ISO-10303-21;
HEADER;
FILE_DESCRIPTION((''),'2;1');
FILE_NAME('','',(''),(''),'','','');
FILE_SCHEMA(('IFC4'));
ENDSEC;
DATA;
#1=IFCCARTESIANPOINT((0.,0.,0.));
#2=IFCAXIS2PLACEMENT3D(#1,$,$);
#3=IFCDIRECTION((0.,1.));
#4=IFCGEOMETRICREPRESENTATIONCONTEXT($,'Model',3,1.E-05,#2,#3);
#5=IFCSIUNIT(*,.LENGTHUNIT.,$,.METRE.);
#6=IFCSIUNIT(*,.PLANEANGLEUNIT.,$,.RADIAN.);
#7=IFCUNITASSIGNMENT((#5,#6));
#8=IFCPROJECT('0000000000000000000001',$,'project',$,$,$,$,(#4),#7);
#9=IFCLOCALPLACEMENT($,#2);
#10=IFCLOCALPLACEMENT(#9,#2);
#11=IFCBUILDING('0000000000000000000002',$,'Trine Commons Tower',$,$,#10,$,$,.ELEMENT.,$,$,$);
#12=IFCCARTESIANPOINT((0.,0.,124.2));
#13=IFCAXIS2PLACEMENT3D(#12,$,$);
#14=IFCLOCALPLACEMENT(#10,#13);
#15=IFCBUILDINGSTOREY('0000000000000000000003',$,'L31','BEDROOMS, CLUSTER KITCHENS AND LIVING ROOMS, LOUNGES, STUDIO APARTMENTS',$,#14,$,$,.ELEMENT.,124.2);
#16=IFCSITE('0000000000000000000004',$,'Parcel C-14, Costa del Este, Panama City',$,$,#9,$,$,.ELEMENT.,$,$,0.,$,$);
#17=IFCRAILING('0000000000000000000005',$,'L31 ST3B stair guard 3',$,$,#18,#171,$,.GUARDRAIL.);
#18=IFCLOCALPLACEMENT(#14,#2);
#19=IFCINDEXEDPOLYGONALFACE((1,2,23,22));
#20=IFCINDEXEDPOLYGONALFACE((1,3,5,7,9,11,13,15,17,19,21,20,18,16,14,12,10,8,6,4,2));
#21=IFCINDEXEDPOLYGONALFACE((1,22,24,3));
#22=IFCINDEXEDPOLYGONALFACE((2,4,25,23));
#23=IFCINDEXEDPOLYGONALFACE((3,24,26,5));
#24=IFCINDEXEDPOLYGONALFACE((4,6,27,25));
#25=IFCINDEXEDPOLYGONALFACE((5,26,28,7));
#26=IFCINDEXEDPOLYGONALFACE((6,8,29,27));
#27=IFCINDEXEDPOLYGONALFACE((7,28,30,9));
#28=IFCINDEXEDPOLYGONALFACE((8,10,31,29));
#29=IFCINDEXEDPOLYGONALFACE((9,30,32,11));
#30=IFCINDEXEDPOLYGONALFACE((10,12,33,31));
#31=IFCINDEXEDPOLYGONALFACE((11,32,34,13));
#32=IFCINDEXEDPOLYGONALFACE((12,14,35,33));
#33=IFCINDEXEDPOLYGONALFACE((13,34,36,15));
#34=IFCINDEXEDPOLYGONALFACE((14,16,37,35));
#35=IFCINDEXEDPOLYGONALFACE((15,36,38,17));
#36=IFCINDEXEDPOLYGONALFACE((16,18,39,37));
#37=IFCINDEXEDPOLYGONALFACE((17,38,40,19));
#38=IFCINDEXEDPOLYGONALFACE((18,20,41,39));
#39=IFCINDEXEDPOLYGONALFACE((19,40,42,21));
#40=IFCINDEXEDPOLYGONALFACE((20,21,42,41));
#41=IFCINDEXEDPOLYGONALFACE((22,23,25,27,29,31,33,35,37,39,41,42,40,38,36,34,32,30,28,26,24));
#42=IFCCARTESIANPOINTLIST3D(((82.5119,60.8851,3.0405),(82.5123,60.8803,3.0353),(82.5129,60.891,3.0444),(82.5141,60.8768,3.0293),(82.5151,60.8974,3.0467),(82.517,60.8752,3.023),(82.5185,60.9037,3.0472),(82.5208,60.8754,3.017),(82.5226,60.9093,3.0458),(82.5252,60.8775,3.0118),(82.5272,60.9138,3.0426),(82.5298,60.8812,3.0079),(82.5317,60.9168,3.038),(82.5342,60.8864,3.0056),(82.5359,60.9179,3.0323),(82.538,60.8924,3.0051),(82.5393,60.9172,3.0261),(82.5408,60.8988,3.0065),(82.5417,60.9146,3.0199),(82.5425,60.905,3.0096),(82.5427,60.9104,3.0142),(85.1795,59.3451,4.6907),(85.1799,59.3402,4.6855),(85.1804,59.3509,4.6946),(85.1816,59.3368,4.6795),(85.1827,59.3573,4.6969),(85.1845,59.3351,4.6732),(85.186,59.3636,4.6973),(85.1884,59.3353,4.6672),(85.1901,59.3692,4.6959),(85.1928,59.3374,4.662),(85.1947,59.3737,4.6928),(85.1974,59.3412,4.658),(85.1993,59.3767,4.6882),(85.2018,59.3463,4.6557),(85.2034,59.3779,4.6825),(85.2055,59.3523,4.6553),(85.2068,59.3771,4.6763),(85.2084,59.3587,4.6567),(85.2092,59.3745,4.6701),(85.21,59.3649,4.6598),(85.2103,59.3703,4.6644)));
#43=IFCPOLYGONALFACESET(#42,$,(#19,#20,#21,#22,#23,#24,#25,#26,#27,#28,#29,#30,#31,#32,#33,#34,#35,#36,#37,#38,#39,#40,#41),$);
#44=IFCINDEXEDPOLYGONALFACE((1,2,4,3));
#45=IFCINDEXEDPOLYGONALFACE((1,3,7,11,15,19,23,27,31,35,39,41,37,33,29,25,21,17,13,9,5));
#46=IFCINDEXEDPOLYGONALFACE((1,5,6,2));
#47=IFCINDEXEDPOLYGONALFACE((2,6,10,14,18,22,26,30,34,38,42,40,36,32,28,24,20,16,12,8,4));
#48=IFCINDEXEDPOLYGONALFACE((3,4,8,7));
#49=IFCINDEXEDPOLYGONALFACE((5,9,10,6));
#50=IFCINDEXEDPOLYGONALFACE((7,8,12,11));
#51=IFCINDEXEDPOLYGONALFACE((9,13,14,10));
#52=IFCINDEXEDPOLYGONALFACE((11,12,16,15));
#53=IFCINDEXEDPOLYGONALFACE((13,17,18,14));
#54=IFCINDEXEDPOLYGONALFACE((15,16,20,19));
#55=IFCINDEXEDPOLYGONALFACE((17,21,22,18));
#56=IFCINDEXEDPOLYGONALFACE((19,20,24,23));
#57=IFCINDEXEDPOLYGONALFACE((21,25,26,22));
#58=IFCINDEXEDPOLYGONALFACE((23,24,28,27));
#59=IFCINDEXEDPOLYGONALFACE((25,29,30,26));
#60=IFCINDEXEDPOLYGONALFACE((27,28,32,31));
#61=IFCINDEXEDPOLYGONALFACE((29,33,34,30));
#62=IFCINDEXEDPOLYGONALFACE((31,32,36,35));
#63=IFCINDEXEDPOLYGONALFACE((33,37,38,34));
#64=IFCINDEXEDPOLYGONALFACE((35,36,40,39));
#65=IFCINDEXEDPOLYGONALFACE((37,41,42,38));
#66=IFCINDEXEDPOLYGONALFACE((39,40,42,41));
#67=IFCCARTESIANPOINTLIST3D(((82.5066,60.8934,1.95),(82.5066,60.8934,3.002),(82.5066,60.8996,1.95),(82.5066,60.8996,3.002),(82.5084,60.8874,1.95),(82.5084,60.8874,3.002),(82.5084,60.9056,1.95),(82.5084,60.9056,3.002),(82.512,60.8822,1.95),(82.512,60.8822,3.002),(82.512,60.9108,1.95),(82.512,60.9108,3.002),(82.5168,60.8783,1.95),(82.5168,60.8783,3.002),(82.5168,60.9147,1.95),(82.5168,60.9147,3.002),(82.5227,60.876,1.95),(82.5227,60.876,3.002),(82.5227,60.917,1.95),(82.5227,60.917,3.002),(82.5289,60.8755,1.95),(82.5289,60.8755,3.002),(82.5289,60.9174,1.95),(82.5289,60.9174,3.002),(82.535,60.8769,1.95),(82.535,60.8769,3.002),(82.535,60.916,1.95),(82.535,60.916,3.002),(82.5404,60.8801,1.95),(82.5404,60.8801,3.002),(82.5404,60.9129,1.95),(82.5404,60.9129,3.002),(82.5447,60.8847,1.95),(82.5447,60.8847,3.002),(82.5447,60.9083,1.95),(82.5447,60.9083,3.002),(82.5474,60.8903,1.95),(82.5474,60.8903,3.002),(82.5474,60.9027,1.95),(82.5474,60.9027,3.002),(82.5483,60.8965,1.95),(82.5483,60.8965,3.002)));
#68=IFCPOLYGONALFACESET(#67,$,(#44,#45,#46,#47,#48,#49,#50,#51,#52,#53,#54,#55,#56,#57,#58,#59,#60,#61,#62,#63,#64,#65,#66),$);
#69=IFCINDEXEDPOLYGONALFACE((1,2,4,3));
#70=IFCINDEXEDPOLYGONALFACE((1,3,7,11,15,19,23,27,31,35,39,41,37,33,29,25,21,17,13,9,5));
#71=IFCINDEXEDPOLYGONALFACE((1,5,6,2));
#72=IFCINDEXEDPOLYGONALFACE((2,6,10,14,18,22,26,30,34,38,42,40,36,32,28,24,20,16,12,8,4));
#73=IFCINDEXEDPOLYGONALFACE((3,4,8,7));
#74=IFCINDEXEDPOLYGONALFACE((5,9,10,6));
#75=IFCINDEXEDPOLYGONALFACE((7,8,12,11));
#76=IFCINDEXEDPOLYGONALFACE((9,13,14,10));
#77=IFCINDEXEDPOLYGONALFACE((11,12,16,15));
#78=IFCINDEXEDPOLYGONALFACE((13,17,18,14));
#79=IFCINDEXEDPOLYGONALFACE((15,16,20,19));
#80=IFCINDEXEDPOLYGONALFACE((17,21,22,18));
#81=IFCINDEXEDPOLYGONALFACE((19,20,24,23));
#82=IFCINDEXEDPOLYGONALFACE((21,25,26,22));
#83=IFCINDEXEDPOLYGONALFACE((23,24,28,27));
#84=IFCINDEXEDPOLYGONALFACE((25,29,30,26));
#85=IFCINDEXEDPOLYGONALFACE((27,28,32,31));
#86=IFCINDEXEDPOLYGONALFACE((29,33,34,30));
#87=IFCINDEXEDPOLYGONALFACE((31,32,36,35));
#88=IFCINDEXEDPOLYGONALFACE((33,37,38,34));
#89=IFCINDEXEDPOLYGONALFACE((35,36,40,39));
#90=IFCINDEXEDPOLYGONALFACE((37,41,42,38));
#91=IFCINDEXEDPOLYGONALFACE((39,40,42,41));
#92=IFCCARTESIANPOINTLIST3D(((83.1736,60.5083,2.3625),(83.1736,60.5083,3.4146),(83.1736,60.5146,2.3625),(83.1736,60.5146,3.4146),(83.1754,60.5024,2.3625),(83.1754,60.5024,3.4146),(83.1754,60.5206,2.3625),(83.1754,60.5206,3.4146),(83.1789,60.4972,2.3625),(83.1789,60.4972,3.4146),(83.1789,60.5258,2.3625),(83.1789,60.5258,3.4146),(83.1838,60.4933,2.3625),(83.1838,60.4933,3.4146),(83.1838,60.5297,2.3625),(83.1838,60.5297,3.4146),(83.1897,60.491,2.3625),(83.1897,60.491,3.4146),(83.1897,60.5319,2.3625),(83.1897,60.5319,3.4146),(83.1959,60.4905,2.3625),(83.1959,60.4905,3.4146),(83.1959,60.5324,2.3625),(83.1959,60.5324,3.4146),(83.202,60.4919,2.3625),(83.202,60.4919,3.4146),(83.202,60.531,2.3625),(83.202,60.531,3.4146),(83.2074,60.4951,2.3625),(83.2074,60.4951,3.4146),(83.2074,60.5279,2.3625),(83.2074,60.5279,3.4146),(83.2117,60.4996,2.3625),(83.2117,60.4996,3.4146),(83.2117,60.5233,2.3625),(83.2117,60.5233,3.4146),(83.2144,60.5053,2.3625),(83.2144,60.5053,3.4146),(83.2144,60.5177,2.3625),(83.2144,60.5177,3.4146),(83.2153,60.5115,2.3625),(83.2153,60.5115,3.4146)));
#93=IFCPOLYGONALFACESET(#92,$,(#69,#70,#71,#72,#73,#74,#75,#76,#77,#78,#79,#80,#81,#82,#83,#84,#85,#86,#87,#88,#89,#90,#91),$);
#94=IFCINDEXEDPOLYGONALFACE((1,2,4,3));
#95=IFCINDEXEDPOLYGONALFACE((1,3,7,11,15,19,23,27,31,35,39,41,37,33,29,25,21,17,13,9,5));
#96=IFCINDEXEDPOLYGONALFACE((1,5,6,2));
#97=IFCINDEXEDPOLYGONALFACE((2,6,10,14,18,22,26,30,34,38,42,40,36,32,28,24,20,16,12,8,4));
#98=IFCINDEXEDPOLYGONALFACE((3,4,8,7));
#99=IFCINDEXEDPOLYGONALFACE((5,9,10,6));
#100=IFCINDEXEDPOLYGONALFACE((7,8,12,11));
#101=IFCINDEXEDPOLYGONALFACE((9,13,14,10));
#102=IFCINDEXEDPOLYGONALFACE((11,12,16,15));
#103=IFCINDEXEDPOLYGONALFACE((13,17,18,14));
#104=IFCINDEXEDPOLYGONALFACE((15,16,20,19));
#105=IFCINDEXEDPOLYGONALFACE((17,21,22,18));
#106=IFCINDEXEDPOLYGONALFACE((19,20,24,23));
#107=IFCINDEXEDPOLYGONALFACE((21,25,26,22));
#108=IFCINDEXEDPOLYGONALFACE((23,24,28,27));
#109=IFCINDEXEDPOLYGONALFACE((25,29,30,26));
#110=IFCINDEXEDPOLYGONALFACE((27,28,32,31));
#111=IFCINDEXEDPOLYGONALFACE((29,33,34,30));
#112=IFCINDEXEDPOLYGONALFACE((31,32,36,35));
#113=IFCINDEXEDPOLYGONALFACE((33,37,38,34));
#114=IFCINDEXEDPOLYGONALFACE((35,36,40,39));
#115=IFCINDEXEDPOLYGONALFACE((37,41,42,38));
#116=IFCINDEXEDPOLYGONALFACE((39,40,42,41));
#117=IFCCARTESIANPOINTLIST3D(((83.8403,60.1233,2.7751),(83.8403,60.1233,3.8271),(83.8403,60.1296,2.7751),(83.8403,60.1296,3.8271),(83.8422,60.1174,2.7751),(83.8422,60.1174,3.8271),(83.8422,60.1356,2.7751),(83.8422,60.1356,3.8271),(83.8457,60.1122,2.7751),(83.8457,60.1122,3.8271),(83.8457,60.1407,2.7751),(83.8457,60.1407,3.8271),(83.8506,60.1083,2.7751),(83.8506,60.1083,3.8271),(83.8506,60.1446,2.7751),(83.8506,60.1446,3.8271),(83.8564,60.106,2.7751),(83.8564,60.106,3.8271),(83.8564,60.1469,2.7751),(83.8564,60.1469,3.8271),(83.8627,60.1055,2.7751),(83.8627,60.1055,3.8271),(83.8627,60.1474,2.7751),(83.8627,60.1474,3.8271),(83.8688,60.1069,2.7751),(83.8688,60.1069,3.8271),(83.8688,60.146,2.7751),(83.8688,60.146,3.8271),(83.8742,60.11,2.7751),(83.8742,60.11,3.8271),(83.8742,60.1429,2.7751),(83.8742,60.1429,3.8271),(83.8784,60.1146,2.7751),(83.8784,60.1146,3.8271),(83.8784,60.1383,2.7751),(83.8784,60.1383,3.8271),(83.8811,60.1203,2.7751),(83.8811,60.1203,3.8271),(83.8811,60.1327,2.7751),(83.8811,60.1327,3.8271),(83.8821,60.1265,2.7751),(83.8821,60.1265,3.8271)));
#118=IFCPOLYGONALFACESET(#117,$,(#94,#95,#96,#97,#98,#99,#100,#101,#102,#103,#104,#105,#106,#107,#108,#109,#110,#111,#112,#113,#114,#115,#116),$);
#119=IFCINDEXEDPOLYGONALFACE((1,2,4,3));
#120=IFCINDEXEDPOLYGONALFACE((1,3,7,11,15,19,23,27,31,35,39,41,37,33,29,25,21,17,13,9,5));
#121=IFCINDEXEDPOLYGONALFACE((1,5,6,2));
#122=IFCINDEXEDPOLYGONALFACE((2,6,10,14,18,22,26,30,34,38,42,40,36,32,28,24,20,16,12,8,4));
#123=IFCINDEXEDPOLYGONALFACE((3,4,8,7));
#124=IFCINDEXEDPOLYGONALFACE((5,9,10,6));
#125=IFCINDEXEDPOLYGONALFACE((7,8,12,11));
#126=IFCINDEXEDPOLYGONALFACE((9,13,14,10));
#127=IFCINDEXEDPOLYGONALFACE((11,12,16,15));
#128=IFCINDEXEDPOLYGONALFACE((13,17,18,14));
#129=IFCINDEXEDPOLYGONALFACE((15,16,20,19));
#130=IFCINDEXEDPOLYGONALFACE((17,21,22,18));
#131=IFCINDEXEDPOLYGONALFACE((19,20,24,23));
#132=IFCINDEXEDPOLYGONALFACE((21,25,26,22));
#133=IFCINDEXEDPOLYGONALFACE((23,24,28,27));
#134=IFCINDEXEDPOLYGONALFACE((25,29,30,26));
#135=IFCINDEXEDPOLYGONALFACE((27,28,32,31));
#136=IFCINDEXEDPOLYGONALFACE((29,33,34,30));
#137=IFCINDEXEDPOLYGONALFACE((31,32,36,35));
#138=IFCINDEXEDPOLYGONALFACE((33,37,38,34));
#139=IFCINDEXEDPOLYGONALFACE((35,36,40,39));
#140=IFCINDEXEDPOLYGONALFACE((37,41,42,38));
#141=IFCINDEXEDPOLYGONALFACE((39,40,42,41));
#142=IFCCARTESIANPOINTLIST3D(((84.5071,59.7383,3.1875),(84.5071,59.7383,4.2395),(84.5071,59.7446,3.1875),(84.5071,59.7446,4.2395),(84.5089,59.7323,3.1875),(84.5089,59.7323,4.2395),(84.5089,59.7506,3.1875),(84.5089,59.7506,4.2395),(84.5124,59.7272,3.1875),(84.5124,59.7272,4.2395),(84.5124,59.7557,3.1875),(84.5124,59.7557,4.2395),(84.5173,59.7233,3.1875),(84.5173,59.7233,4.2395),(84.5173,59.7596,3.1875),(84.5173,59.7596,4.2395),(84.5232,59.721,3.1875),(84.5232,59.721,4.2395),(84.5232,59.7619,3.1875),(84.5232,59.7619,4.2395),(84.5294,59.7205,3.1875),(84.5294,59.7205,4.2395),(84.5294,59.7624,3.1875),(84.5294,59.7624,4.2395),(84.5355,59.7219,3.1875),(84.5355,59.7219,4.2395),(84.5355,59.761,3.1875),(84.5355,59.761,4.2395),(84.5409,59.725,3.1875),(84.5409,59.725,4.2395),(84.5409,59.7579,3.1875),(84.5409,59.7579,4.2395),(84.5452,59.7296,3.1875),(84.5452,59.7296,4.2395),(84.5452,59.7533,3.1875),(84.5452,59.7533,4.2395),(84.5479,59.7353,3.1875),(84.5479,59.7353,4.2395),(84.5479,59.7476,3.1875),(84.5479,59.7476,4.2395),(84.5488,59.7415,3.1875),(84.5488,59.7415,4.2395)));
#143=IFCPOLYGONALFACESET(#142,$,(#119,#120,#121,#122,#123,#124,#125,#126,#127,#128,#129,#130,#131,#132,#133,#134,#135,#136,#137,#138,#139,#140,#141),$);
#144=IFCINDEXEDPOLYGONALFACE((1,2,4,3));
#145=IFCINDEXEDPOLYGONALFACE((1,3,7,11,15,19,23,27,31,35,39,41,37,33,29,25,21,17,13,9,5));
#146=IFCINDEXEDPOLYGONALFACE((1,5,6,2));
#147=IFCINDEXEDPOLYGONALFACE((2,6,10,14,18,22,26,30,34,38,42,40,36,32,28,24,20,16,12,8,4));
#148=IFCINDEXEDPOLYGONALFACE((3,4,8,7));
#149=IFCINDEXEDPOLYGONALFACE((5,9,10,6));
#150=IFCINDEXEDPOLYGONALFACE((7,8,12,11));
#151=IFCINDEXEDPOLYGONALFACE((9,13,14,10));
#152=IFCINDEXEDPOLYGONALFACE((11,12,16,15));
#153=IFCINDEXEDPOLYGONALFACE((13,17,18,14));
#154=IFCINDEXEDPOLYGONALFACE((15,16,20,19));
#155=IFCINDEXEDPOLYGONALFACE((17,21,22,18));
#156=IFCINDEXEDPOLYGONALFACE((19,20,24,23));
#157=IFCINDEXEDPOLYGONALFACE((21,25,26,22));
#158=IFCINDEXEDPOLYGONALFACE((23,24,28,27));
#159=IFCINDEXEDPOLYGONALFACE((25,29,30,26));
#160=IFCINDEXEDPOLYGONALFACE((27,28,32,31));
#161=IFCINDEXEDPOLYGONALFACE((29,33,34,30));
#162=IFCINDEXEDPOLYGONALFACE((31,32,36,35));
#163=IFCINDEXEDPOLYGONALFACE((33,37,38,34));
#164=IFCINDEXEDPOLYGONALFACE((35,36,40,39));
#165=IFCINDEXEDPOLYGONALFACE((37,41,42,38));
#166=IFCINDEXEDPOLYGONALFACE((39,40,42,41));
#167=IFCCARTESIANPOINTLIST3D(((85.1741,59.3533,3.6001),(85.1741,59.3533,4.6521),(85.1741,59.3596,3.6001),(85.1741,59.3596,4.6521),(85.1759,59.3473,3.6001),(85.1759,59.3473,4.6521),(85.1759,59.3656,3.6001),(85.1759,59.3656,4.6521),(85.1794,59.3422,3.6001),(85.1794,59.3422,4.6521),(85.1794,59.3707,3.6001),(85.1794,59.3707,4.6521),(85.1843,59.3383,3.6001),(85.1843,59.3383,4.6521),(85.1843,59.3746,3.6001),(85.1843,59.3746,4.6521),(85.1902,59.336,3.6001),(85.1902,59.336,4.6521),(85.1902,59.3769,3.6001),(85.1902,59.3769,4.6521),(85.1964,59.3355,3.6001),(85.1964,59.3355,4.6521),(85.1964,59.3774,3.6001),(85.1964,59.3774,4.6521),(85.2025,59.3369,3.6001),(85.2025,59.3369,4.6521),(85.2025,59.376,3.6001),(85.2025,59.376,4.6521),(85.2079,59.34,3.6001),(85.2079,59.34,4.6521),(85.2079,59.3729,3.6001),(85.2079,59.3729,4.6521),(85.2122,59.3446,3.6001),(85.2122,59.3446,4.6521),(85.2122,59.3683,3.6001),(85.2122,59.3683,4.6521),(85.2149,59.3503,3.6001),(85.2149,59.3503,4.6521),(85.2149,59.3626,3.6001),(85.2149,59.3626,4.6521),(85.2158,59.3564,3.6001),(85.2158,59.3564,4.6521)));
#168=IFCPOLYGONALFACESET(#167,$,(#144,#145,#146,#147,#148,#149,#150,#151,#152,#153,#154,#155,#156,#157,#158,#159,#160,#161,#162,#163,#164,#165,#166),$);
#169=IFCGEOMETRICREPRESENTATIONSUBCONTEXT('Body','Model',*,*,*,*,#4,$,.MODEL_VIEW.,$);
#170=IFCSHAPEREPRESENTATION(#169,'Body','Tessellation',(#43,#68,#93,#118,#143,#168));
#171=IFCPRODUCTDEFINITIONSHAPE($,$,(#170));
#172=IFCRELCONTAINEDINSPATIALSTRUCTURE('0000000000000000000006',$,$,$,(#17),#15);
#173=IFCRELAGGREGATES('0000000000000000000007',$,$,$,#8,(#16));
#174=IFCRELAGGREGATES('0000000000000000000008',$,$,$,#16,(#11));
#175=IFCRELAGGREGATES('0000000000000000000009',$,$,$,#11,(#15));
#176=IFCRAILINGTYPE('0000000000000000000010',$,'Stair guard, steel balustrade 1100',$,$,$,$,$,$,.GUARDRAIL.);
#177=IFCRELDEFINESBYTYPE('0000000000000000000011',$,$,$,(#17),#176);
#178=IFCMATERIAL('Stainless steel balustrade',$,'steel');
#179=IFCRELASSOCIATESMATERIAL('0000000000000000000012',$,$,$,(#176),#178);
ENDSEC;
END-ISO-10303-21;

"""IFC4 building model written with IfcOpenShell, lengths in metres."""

from ifc_helpers import new_model, si_unit, direction, frame, origin, origin_2d, place, context, subcontext, project, spatial, circle, extrude, material, type_object, element, save


model = new_model("IFC4")

# Units and contexts
model_context = context("Model", 3, precision=1e-05, world=origin(), true_north=direction((0.0, 1.0)))
body_context = subcontext(model_context, "Body", "Model", "MODEL_VIEW")
ifc_project = project(units=[si_unit("LENGTHUNIT", "METRE"), si_unit("PLANEANGLEUNIT", "RADIAN")], contexts=[model_context])

# Site, building, storey
site_placement = place(None, origin())
site = spatial("IfcSite", under=ifc_project, at=site_placement, Name="Parcel C-14, Costa del Este, Panama City", CompositionType="ELEMENT", RefElevation=0.0)
building_placement = place(site_placement, origin())
building = spatial("IfcBuilding", under=site, at=building_placement, Name="Trine Commons Tower", CompositionType="ELEMENT")
storey_placement = place(building_placement, frame((0.0, 0.0, 124.2)))
storey = spatial("IfcBuildingStorey", under=building, at=storey_placement, Name="L31", Description="BEDROOMS, CLUSTER KITCHENS AND LIVING ROOMS, LOUNGES, STUDIO APARTMENTS", CompositionType="ELEMENT", Elevation=124.2)

# Railing
ifc_material_1 = material(Name="Stainless steel balustrade", Category="steel")
railing_type_1 = type_object("IfcRailingType", Name="Stair guard, steel balustrade 1100", PredefinedType="GUARDRAIL", material=ifc_material_1)
railing_1_placement = place(storey_placement, frame((82.5273, 60.8965, 1.95)))
element("IfcRailing", 1, at=railing_1_placement, inside=storey, type_object=railing_type_1, Name="L31 ST3B stair guard 3", PredefinedType="GUARDRAIL", context=body_context, shape_type="SweptSolid", body=[
    extrude(circle(Radius=0.0239, at=origin_2d()), frame((0.0, 0.0, 1.0762), z_axis=(0.76338, -0.440728, 0.472239), x_axis=(0.499992, 0.86603, 0.0)), (0.0, 0.0, 1.0), 3.4944),
    extrude(circle(Radius=0.021, at=origin_2d()), origin(), (0.0, 0.0, 1.0), 1.052),
    extrude(circle(Radius=0.021, at=origin_2d()), frame((0.667, -0.385, 0.4126)), (0.0, 0.0, 1.0), 1.052),
    extrude(circle(Radius=0.021, at=origin_2d()), frame((1.3337, -0.77, 0.8252)), (0.0, 0.0, 1.0), 1.052),
    extrude(circle(Radius=0.021, at=origin_2d()), frame((2.0005, -1.155, 1.2375)), (0.0, 0.0, 1.0), 1.052),
    extrude(circle(Radius=0.021, at=origin_2d()), frame((2.6675, -1.54, 1.6501)), (0.0, 0.0, 1.0), 1.052),
])

save(model, "model.ifc")
